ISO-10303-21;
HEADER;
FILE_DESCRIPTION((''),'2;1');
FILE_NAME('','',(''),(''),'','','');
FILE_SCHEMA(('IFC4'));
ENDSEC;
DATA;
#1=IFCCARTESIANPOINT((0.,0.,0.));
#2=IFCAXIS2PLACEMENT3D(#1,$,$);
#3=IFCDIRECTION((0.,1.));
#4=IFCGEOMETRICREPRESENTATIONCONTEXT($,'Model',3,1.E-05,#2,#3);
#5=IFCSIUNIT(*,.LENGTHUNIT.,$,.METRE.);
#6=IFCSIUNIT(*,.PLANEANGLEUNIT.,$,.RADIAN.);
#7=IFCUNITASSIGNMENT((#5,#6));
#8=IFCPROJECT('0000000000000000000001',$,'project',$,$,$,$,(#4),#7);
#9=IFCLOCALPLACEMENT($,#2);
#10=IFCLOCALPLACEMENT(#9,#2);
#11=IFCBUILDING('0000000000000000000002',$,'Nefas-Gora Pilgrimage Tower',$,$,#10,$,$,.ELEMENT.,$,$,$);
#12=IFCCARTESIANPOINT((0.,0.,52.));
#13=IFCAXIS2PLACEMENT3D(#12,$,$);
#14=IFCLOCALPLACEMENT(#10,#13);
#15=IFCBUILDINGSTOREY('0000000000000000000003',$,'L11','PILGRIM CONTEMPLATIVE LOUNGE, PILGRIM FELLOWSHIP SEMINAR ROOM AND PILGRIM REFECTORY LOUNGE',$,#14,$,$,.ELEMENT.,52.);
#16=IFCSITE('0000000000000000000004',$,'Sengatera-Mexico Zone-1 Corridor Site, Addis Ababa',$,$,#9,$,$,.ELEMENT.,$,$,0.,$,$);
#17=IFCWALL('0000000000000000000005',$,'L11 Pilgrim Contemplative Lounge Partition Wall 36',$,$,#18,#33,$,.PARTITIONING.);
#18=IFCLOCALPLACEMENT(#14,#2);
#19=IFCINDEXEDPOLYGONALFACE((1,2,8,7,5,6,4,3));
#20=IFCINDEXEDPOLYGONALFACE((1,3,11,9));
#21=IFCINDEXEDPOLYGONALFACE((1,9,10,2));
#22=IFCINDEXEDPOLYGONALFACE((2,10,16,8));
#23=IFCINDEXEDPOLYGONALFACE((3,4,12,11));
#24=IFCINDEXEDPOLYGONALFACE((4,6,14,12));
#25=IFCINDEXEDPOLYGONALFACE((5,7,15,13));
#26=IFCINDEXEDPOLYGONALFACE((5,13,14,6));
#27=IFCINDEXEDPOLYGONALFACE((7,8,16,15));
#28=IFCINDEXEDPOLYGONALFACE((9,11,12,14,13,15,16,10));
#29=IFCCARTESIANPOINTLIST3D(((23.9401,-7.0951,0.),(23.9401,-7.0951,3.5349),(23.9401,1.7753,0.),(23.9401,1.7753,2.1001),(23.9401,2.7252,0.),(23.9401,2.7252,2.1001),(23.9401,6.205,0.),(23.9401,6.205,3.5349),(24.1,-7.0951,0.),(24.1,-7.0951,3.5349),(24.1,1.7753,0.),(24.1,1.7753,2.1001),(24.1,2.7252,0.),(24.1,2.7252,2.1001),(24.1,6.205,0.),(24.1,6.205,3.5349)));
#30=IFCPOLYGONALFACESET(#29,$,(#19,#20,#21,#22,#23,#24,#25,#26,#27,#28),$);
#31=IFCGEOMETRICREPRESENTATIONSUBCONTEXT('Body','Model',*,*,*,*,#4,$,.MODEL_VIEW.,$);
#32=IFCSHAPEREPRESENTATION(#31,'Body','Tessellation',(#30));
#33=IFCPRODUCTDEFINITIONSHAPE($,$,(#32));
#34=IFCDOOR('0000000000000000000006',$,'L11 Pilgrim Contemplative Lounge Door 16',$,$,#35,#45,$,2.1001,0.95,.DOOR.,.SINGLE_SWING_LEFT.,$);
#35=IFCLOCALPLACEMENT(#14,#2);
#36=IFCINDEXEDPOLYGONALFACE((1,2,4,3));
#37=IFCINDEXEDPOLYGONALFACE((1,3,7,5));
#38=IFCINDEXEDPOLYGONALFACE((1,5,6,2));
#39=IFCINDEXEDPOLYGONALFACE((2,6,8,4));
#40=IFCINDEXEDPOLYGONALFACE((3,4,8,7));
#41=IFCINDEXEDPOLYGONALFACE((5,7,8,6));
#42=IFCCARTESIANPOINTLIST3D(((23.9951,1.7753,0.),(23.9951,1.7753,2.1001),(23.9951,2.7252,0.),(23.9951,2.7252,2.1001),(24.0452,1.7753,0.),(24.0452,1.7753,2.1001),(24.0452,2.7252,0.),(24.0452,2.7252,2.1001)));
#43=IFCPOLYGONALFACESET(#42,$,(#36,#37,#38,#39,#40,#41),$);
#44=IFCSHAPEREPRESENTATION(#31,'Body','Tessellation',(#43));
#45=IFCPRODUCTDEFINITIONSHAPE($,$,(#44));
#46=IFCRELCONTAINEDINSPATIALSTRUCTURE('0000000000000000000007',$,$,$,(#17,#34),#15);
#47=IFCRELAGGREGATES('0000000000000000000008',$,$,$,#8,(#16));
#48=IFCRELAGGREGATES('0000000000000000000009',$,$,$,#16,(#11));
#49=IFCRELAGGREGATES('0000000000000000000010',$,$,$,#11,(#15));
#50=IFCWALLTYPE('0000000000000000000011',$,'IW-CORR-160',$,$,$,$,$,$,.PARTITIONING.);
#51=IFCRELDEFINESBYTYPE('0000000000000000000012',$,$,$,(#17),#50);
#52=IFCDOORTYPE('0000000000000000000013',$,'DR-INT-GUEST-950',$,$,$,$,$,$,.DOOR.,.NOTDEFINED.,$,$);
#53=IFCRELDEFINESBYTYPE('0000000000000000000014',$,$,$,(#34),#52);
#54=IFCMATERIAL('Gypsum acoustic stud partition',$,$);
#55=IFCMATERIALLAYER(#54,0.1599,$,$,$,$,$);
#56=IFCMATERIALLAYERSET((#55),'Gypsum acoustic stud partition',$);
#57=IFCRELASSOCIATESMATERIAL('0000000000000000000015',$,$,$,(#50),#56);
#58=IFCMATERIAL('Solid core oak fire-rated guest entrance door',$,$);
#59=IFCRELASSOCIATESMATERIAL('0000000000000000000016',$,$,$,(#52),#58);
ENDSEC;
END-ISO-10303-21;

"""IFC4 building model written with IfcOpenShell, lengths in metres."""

from ifc_helpers import new_model, si_unit, direction, frame, frame_2d, origin, place, context, subcontext, project, spatial, rectangle, extrude, source, transform, mapped, material, layer, layer_set, type_object, element, fill, save


model = new_model("IFC4")

# Units and contexts
model_context = context("Model", 3, precision=1e-05, world=origin(), true_north=direction((0.0, 1.0)))
body_context = subcontext(model_context, "Body", "Model", "MODEL_VIEW")
ifc_project = project(units=[si_unit("LENGTHUNIT", "METRE"), si_unit("PLANEANGLEUNIT", "RADIAN")], contexts=[model_context])

# Site, building, storey
site_placement = place(None, origin())
site = spatial("IfcSite", under=ifc_project, at=site_placement, Name="Sengatera-Mexico Zone-1 Corridor Site, Addis Ababa", CompositionType="ELEMENT", RefElevation=0.0)
building_placement = place(site_placement, origin())
building = spatial("IfcBuilding", under=site, at=building_placement, Name="Nefas-Gora Pilgrimage Tower", CompositionType="ELEMENT")
storey_placement = place(building_placement, frame((0.0, 0.0, 52.0)))
storey = spatial("IfcBuildingStorey", under=building, at=storey_placement, Name="L11", Description="PILGRIM CONTEMPLATIVE LOUNGE, PILGRIM FELLOWSHIP SEMINAR ROOM AND PILGRIM REFECTORY LOUNGE", CompositionType="ELEMENT", Elevation=52.0)

# Wall, opening, door
ifc_material_1 = material(Name="Gypsum acoustic stud partition")
ifc_layer_1 = layer(ifc_material_1, 0.1599)
ifc_layer_set_1 = layer_set([ifc_layer_1], Name="Gypsum acoustic stud partition")
wall_type_1 = type_object("IfcWallType", Name="IW-CORR-160", PredefinedType="PARTITIONING", material=ifc_layer_set_1)
shared_shape_1 = source(origin(), body_context, "Body", "SweptSolid", [
    extrude(rectangle(XDim=13.3, YDim=0.1599, at=frame_2d((6.6499, 0.0))), origin(), (0.0, 0.0, 1.0), 3.5349),
])
wall_1_placement = place(storey_placement, frame((24.02, -7.095, 0.0), z_axis=(0.0, 0.0, 1.0), x_axis=(0.0, 1.0, 0.0)))
wall_1 = element("IfcWall", 1, at=wall_1_placement, inside=storey, type_object=wall_type_1, Name="L11 Pilgrim Contemplative Lounge Partition Wall 36", PredefinedType="PARTITIONING", context=body_context, shape_type="MappedRepresentation", body=[
    mapped(shared_shape_1, transform((0.0, 0.0, 0.0), x_axis=(1.0, 0.0, 0.0), y_axis=(0.0, 1.0, 0.0), z_axis=(0.0, 0.0, 1.0), scale=1.0)),
])
opening_1_placement = place(wall_1_placement, frame((8.8701, 0.0, 0.0)))
opening_1 = element("IfcOpeningElement", 2, at=opening_1_placement, cuts=wall_1, PredefinedType="OPENING", context=body_context, shape_type="SweptSolid", body=[
    extrude(rectangle(XDim=0.95, YDim=2.1001, at=frame_2d((0.4751, 1.05))), frame((0.0, 0.0898, 0.0), z_axis=(0.0, -1.0, 0.0), x_axis=(1.0, 0.0, 0.0)), (0.0, 0.0, 1.0), 0.1799),
])
ifc_material_2 = material(Name="Solid core oak fire-rated guest entrance door")
door_type = type_object("IfcDoorType", Name="DR-INT-GUEST-950", OperationType="NOTDEFINED", PredefinedType="DOOR", material=ifc_material_2)
shared_shape_2 = source(origin(), body_context, "Body", "SweptSolid", [
    extrude(rectangle(XDim=0.95, YDim=2.1001, at=frame_2d((0.4751, 1.05))), frame((0.0, 0.0249, 0.0), z_axis=(0.0, -1.0, 0.0), x_axis=(1.0, 0.0, 0.0)), (0.0, 0.0, 1.0), 0.05),
])
door_placement = place(opening_1_placement, origin())
door = element("IfcDoor", 3, at=door_placement, inside=storey, type_object=door_type, Name="L11 Pilgrim Contemplative Lounge Door 16", OperationType="SINGLE_SWING_LEFT", OverallHeight=2.1001, OverallWidth=0.95, PredefinedType="DOOR", context=body_context, shape_type="MappedRepresentation", body=[
    mapped(shared_shape_2, transform((0.0, 0.0, 0.0), x_axis=(1.0, 0.0, 0.0), y_axis=(0.0, 1.0, 0.0), z_axis=(0.0, 0.0, 1.0), scale=1.0)),
])
fill(opening_1, door)

save(model, "model.ifc")
